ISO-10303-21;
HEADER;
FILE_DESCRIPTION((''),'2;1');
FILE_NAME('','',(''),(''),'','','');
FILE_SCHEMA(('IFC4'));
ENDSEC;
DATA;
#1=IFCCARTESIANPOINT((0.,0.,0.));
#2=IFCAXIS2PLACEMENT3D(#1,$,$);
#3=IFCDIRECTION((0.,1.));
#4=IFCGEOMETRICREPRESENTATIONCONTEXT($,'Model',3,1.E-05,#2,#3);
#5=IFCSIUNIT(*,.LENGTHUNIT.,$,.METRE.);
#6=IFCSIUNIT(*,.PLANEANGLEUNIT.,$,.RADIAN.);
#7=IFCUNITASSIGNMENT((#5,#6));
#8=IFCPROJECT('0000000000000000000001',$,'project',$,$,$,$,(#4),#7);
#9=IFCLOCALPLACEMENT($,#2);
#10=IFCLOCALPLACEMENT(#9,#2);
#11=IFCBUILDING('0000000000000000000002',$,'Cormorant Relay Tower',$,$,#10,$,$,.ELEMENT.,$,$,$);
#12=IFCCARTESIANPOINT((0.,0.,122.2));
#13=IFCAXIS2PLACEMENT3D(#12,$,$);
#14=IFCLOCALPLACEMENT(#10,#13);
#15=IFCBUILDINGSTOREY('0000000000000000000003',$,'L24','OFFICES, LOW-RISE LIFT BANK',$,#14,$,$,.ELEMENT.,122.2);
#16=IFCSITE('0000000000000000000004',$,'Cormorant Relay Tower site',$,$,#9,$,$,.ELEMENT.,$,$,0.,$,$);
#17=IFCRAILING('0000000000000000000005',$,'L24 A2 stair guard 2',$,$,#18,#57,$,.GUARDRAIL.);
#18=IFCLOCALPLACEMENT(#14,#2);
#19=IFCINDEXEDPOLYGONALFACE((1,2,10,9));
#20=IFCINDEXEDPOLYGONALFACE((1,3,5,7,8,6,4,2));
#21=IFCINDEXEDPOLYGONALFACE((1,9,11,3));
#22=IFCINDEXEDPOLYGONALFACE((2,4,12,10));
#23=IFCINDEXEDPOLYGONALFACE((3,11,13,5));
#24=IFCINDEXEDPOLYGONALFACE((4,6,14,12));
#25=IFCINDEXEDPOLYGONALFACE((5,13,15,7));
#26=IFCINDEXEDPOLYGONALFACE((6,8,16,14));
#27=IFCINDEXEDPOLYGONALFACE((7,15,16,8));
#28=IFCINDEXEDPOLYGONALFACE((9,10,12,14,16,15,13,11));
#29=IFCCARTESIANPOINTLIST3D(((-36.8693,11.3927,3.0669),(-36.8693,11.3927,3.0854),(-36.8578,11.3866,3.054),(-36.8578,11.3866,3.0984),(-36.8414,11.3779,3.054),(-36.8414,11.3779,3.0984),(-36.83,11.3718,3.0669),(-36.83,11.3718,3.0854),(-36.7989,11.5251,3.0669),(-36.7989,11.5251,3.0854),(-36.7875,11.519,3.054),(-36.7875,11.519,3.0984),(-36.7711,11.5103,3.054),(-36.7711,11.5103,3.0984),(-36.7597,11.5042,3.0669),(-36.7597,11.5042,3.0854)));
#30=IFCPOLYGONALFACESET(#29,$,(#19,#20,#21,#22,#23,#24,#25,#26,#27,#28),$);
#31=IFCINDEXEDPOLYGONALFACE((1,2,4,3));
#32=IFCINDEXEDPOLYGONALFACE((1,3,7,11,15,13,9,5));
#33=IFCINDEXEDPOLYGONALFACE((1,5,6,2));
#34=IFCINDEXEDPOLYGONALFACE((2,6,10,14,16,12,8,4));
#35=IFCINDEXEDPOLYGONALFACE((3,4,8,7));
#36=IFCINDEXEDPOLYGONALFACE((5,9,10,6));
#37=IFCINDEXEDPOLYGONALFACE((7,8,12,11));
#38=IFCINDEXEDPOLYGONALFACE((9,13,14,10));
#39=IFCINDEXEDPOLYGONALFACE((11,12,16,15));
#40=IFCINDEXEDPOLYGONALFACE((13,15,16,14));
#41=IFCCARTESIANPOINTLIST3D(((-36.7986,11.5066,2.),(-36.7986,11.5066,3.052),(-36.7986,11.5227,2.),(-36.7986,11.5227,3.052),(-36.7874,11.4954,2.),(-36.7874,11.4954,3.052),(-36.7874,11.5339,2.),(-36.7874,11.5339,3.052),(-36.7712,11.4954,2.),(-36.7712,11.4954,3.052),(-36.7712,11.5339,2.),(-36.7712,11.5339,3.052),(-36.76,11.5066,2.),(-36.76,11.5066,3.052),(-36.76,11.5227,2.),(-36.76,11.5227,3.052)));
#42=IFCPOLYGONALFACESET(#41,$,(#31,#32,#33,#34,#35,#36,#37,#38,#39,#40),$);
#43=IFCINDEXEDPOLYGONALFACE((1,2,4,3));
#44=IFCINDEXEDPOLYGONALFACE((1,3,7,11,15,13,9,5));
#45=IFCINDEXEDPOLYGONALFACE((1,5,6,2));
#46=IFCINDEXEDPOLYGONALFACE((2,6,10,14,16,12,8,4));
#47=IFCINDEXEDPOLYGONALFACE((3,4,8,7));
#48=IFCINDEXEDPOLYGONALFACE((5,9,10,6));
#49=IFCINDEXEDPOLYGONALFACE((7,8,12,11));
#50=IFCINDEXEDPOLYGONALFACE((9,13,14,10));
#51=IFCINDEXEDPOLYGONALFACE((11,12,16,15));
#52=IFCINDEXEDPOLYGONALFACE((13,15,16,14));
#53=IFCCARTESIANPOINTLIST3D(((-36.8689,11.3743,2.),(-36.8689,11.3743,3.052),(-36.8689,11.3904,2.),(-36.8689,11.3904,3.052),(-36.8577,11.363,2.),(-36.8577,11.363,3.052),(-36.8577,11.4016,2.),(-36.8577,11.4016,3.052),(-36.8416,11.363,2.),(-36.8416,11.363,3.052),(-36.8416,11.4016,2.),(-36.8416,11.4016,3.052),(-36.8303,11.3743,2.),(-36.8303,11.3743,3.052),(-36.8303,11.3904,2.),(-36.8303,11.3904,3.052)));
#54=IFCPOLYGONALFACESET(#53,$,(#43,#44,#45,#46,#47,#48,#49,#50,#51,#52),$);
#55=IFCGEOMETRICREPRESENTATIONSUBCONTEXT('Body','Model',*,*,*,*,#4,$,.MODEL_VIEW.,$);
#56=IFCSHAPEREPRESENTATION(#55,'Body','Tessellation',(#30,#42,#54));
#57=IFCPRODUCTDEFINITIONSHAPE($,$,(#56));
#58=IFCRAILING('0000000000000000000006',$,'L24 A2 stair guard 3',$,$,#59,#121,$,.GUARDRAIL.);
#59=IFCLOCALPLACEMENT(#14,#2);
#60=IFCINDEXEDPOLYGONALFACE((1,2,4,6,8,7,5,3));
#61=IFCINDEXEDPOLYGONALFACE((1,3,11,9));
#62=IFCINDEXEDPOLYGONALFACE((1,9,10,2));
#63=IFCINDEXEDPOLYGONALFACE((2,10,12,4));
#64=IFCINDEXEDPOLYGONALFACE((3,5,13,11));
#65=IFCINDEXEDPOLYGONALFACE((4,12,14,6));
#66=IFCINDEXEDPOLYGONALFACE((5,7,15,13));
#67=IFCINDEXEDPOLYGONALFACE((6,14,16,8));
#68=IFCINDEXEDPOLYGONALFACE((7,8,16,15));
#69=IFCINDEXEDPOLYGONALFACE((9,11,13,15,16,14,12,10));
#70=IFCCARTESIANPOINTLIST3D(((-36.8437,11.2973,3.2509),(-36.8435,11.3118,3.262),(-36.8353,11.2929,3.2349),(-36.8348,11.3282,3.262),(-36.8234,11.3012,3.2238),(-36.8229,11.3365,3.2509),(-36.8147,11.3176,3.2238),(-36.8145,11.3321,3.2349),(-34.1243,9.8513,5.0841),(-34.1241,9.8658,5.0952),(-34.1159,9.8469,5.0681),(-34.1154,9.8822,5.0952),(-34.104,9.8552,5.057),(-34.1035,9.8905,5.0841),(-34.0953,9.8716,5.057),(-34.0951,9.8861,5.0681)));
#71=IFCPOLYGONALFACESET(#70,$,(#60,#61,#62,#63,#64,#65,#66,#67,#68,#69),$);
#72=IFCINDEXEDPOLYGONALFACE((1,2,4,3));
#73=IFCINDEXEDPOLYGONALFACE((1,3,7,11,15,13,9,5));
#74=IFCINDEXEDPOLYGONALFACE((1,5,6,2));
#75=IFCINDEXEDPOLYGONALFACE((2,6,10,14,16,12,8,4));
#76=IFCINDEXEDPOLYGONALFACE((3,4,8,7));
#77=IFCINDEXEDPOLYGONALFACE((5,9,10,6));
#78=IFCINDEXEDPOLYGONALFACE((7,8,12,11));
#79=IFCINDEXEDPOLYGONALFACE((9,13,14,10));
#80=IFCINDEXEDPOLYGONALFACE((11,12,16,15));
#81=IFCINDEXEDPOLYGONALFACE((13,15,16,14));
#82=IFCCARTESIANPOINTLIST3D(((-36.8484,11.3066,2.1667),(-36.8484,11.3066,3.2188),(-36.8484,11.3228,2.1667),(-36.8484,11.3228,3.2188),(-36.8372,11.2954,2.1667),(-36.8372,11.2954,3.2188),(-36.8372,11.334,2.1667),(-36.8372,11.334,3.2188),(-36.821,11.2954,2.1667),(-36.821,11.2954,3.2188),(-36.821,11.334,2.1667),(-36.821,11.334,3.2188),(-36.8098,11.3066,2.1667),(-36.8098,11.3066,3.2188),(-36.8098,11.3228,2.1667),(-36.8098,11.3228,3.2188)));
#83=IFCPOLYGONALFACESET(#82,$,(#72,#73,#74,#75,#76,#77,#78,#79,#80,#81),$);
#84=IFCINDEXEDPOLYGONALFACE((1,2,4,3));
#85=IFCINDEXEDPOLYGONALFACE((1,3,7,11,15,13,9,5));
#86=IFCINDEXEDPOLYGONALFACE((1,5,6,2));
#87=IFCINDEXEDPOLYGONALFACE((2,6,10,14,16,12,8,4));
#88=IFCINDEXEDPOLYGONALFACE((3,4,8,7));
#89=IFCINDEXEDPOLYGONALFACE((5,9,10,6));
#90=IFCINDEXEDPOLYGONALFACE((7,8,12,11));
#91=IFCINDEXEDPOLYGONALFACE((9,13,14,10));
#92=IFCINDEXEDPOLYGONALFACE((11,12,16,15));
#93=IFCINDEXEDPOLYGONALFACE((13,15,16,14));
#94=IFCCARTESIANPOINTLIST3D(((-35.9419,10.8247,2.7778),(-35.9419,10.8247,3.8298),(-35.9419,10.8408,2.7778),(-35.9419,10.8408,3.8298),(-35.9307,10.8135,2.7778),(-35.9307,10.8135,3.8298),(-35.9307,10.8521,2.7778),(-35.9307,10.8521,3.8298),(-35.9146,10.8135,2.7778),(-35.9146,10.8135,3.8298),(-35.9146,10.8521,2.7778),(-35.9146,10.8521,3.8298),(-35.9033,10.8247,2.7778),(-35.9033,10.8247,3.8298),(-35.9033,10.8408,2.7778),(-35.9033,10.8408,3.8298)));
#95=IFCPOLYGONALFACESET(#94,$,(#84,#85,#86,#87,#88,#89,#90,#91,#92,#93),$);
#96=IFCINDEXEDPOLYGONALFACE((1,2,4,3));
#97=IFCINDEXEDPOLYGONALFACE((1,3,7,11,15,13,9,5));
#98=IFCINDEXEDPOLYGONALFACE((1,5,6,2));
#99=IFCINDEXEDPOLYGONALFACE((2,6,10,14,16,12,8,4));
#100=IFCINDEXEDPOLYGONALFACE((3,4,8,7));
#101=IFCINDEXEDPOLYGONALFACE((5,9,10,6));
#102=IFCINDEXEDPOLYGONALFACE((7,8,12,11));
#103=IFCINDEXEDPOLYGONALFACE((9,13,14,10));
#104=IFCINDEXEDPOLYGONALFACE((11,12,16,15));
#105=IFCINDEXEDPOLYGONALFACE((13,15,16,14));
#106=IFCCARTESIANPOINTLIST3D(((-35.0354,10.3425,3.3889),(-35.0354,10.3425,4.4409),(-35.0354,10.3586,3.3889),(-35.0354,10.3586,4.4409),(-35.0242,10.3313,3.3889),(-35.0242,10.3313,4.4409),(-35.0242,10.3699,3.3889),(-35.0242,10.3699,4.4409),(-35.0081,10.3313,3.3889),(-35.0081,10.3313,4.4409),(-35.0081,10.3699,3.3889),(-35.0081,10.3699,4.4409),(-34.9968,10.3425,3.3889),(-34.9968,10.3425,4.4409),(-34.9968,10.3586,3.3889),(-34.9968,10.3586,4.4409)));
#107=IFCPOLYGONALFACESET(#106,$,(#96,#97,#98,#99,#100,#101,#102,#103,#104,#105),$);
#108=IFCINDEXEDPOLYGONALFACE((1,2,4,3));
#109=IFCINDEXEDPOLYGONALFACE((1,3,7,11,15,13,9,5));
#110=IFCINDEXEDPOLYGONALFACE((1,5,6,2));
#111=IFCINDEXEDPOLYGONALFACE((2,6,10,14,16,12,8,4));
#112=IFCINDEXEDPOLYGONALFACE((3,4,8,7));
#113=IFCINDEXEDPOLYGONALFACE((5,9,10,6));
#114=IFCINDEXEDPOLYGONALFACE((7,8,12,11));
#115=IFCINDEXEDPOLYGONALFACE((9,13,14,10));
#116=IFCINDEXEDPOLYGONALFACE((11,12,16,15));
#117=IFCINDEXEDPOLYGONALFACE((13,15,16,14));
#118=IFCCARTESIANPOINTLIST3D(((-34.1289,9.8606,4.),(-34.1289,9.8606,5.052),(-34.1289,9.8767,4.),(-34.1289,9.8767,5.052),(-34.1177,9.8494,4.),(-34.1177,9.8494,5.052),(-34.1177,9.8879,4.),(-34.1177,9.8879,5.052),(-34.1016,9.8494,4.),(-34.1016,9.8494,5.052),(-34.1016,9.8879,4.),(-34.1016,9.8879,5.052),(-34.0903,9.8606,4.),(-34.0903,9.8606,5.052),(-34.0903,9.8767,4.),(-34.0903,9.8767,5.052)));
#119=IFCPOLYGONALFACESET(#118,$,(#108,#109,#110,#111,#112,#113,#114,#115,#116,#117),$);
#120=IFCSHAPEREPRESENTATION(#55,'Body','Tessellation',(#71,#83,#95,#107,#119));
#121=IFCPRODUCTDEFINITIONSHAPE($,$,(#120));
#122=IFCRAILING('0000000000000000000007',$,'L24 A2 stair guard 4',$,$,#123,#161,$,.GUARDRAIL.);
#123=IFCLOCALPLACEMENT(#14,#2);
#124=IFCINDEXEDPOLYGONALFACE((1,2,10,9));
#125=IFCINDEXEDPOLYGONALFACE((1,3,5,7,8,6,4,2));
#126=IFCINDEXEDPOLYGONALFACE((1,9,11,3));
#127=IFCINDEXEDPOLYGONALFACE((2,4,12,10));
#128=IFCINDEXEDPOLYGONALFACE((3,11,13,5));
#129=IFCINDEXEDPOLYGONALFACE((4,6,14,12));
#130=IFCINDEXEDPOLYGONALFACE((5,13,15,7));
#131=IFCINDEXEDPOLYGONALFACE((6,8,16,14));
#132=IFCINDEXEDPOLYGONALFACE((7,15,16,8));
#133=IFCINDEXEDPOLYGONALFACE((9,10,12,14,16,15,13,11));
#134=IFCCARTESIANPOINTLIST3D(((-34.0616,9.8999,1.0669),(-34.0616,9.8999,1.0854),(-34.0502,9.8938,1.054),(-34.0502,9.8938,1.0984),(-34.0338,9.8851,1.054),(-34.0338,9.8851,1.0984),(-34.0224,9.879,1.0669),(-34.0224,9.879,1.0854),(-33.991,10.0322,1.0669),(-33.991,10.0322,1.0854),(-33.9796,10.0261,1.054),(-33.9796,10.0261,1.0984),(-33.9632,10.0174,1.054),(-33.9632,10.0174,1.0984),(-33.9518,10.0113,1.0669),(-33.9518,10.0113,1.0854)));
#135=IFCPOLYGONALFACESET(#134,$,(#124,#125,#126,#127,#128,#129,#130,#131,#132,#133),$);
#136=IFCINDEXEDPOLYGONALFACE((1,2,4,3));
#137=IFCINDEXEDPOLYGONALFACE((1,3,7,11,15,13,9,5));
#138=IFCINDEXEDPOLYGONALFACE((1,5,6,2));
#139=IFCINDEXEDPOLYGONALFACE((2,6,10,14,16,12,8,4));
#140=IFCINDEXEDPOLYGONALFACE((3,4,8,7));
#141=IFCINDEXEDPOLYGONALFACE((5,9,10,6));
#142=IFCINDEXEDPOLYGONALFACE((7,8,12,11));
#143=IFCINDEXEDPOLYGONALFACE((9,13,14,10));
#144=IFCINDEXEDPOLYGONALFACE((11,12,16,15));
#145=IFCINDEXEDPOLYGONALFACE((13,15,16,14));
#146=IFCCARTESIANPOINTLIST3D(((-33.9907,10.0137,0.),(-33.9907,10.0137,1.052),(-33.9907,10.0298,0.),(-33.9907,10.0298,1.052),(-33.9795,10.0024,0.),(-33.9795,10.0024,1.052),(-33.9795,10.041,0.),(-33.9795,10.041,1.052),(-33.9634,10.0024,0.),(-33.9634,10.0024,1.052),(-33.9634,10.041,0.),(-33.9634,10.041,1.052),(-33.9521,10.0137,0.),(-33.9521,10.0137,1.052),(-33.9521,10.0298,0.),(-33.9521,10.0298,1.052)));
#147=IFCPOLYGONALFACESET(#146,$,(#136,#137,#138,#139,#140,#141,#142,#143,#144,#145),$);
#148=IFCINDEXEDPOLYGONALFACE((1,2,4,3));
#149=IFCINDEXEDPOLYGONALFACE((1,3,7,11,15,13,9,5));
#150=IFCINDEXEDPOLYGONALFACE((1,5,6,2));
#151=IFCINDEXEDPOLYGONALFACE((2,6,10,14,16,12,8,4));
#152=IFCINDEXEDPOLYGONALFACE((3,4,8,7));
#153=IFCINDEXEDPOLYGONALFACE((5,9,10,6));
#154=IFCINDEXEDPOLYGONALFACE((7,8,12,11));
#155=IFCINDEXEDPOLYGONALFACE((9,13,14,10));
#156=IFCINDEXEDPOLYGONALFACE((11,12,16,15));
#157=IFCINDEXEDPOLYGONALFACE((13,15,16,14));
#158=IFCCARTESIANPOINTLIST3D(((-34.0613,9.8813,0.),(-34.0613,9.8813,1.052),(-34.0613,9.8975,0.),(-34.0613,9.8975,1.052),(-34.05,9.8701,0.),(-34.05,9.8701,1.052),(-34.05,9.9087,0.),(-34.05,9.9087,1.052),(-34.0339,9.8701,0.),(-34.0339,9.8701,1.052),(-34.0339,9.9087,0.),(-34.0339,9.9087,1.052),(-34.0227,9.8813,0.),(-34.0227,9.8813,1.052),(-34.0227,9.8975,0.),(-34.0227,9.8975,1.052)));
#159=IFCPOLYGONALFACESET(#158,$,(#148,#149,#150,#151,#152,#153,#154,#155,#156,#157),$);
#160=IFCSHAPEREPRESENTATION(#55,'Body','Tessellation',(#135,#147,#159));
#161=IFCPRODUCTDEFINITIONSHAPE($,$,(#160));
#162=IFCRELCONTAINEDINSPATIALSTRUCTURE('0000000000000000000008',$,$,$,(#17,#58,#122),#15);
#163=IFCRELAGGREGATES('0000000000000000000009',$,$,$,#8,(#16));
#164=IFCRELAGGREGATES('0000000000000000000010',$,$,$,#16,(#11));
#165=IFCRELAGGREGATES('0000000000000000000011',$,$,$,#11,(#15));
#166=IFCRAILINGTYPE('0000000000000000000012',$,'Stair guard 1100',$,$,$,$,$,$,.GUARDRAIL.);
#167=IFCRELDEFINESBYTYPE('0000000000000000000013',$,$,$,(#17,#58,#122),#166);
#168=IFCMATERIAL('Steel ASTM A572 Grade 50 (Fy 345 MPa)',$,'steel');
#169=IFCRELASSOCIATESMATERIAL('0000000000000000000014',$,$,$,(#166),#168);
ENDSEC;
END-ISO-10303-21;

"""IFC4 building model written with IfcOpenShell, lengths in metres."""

from ifc_helpers import new_model, si_unit, direction, frame, origin, place, context, subcontext, project, spatial, polyline, outline, extrude, material, type_object, element, save


model = new_model("IFC4")

# Units and contexts
model_context = context("Model", 3, precision=1e-05, world=origin(), true_north=direction((0.0, 1.0)))
body_context = subcontext(model_context, "Body", "Model", "MODEL_VIEW")
ifc_project = project(units=[si_unit("LENGTHUNIT", "METRE"), si_unit("PLANEANGLEUNIT", "RADIAN")], contexts=[model_context])

# Site, building, storey
site_placement = place(None, origin())
site = spatial("IfcSite", under=ifc_project, at=site_placement, Name="Cormorant Relay Tower site", CompositionType="ELEMENT", RefElevation=0.0)
building_placement = place(site_placement, origin())
building = spatial("IfcBuilding", under=site, at=building_placement, Name="Cormorant Relay Tower", CompositionType="ELEMENT")
storey_placement = place(building_placement, frame((0.0, 0.0, 122.2)))
storey = spatial("IfcBuildingStorey", under=building, at=storey_placement, Name="L24", Description="OFFICES, LOW-RISE LIFT BANK", CompositionType="ELEMENT", Elevation=122.2)

# Railings
ifc_material_1 = material(Name="Steel ASTM A572 Grade 50 (Fy 345 MPa)", Category="steel")
railing_type_1 = type_object("IfcRailingType", Name="Stair guard 1100", PredefinedType="GUARDRAIL", material=ifc_material_1)
railing_1_placement = place(storey_placement, frame((-36.7793, 11.5146, 2.0)))
element("IfcRailing", 1, at=railing_1_placement, inside=storey, type_object=railing_type_1, Name="L24 A2 stair guard 2", PredefinedType="GUARDRAIL", context=body_context, shape_type="SweptSolid", body=[
    extrude(outline(polyline([(0.0222, 0.0093), (0.0093, 0.0222), (-0.0093, 0.0222), (-0.0222, 0.0093), (-0.0222, -0.0093), (-0.0093, -0.0222), (0.0093, -0.0222), (0.0222, -0.0093), (0.0222, 0.0093)])), frame((0.0, 0.0, 1.0762), z_axis=(-0.469235, -0.883074, 0.0), x_axis=(0.883074, -0.469235, 0.0)), (0.0, 0.0, 1.0), 0.1499),
    extrude(outline(polyline([(0.0193, 0.0081), (0.0081, 0.0193), (-0.0081, 0.0193), (-0.0193, 0.0081), (-0.0193, -0.0081), (-0.0081, -0.0193), (0.0081, -0.0193), (0.0193, -0.0081), (0.0193, 0.0081)])), origin(), (0.0, 0.0, 1.0), 1.052),
    extrude(outline(polyline([(0.0193, 0.0081), (0.0081, 0.0193), (-0.0081, 0.0193), (-0.0193, 0.0081), (-0.0193, -0.0081), (-0.0081, -0.0193), (0.0081, -0.0193), (0.0193, -0.0081), (0.0193, 0.0081)])), frame((-0.0703, -0.1323, 0.0)), (0.0, 0.0, 1.0), 1.052),
])
railing_2_placement = place(storey_placement, frame((-36.8291, 11.3147, 2.1667)))
element("IfcRailing", 2, at=railing_2_placement, inside=storey, type_object=railing_type_1, Name="L24 A2 stair guard 3", PredefinedType="GUARDRAIL", context=body_context, shape_type="SweptSolid", body=[
    extrude(outline(polyline([(0.0222, 0.0093), (0.0093, 0.0222), (-0.0093, 0.0222), (-0.0222, 0.0093), (-0.0222, -0.0093), (-0.0093, -0.0222), (0.0093, -0.0222), (0.0222, -0.0093), (0.0222, 0.0093)])), frame((0.0, 0.0, 1.0762), z_axis=(0.758714, -0.403435, 0.511463), x_axis=(0.469489, 0.882938, 0.0)), (0.0, 0.0, 1.0), 3.5842),
    extrude(outline(polyline([(0.0193, 0.0081), (0.0081, 0.0193), (-0.0081, 0.0193), (-0.0193, 0.0081), (-0.0193, -0.0081), (-0.0081, -0.0193), (0.0081, -0.0193), (0.0193, -0.0081), (0.0193, 0.0081)])), origin(), (0.0, 0.0, 1.0), 1.052),
    extrude(outline(polyline([(0.0193, 0.0081), (0.0081, 0.0193), (-0.0081, 0.0193), (-0.0193, 0.0081), (-0.0193, -0.0081), (-0.0081, -0.0193), (0.0081, -0.0193), (0.0193, -0.0081), (0.0193, 0.0081)])), frame((0.9065, -0.4819, 0.6111)), (0.0, 0.0, 1.0), 1.052),
    extrude(outline(polyline([(0.0193, 0.0081), (0.0081, 0.0193), (-0.0081, 0.0193), (-0.0193, 0.0081), (-0.0193, -0.0081), (-0.0081, -0.0193), (0.0081, -0.0193), (0.0193, -0.0081), (0.0193, 0.0081)])), frame((1.813, -0.9641, 1.2222)), (0.0, 0.0, 1.0), 1.052),
    extrude(outline(polyline([(0.0193, 0.0081), (0.0081, 0.0193), (-0.0081, 0.0193), (-0.0193, 0.0081), (-0.0193, -0.0081), (-0.0081, -0.0193), (0.0081, -0.0193), (0.0193, -0.0081), (0.0193, 0.0081)])), frame((2.7195, -1.446, 1.8333)), (0.0, 0.0, 1.0), 1.052),
])
railing_3_placement = place(storey_placement, frame((-33.9714, 10.0217, 0.0)))
element("IfcRailing", 3, at=railing_3_placement, inside=storey, type_object=railing_type_1, Name="L24 A2 stair guard 4", PredefinedType="GUARDRAIL", context=body_context, shape_type="SweptSolid", body=[
    extrude(outline(polyline([(0.0222, 0.0093), (0.0093, 0.0222), (-0.0093, 0.0222), (-0.0222, 0.0093), (-0.0222, -0.0093), (-0.0093, -0.0222), (0.0093, -0.0222), (0.0222, -0.0093), (0.0222, 0.0093)])), frame((0.0, 0.0, 1.0762), z_axis=(-0.470504, -0.882398, 0.0), x_axis=(0.882398, -0.470504, 0.0)), (0.0, 0.0, 1.0), 0.1499),
    extrude(outline(polyline([(0.0193, 0.0081), (0.0081, 0.0193), (-0.0081, 0.0193), (-0.0193, 0.0081), (-0.0193, -0.0081), (-0.0081, -0.0193), (0.0081, -0.0193), (0.0193, -0.0081), (0.0193, 0.0081)])), origin(), (0.0, 0.0, 1.0), 1.052),
    extrude(outline(polyline([(0.0193, 0.0081), (0.0081, 0.0193), (-0.0081, 0.0193), (-0.0193, 0.0081), (-0.0193, -0.0081), (-0.0081, -0.0193), (0.0081, -0.0193), (0.0193, -0.0081), (0.0193, 0.0081)])), frame((-0.0706, -0.1323, 0.0)), (0.0, 0.0, 1.0), 1.052),
])

save(model, "model.ifc")
